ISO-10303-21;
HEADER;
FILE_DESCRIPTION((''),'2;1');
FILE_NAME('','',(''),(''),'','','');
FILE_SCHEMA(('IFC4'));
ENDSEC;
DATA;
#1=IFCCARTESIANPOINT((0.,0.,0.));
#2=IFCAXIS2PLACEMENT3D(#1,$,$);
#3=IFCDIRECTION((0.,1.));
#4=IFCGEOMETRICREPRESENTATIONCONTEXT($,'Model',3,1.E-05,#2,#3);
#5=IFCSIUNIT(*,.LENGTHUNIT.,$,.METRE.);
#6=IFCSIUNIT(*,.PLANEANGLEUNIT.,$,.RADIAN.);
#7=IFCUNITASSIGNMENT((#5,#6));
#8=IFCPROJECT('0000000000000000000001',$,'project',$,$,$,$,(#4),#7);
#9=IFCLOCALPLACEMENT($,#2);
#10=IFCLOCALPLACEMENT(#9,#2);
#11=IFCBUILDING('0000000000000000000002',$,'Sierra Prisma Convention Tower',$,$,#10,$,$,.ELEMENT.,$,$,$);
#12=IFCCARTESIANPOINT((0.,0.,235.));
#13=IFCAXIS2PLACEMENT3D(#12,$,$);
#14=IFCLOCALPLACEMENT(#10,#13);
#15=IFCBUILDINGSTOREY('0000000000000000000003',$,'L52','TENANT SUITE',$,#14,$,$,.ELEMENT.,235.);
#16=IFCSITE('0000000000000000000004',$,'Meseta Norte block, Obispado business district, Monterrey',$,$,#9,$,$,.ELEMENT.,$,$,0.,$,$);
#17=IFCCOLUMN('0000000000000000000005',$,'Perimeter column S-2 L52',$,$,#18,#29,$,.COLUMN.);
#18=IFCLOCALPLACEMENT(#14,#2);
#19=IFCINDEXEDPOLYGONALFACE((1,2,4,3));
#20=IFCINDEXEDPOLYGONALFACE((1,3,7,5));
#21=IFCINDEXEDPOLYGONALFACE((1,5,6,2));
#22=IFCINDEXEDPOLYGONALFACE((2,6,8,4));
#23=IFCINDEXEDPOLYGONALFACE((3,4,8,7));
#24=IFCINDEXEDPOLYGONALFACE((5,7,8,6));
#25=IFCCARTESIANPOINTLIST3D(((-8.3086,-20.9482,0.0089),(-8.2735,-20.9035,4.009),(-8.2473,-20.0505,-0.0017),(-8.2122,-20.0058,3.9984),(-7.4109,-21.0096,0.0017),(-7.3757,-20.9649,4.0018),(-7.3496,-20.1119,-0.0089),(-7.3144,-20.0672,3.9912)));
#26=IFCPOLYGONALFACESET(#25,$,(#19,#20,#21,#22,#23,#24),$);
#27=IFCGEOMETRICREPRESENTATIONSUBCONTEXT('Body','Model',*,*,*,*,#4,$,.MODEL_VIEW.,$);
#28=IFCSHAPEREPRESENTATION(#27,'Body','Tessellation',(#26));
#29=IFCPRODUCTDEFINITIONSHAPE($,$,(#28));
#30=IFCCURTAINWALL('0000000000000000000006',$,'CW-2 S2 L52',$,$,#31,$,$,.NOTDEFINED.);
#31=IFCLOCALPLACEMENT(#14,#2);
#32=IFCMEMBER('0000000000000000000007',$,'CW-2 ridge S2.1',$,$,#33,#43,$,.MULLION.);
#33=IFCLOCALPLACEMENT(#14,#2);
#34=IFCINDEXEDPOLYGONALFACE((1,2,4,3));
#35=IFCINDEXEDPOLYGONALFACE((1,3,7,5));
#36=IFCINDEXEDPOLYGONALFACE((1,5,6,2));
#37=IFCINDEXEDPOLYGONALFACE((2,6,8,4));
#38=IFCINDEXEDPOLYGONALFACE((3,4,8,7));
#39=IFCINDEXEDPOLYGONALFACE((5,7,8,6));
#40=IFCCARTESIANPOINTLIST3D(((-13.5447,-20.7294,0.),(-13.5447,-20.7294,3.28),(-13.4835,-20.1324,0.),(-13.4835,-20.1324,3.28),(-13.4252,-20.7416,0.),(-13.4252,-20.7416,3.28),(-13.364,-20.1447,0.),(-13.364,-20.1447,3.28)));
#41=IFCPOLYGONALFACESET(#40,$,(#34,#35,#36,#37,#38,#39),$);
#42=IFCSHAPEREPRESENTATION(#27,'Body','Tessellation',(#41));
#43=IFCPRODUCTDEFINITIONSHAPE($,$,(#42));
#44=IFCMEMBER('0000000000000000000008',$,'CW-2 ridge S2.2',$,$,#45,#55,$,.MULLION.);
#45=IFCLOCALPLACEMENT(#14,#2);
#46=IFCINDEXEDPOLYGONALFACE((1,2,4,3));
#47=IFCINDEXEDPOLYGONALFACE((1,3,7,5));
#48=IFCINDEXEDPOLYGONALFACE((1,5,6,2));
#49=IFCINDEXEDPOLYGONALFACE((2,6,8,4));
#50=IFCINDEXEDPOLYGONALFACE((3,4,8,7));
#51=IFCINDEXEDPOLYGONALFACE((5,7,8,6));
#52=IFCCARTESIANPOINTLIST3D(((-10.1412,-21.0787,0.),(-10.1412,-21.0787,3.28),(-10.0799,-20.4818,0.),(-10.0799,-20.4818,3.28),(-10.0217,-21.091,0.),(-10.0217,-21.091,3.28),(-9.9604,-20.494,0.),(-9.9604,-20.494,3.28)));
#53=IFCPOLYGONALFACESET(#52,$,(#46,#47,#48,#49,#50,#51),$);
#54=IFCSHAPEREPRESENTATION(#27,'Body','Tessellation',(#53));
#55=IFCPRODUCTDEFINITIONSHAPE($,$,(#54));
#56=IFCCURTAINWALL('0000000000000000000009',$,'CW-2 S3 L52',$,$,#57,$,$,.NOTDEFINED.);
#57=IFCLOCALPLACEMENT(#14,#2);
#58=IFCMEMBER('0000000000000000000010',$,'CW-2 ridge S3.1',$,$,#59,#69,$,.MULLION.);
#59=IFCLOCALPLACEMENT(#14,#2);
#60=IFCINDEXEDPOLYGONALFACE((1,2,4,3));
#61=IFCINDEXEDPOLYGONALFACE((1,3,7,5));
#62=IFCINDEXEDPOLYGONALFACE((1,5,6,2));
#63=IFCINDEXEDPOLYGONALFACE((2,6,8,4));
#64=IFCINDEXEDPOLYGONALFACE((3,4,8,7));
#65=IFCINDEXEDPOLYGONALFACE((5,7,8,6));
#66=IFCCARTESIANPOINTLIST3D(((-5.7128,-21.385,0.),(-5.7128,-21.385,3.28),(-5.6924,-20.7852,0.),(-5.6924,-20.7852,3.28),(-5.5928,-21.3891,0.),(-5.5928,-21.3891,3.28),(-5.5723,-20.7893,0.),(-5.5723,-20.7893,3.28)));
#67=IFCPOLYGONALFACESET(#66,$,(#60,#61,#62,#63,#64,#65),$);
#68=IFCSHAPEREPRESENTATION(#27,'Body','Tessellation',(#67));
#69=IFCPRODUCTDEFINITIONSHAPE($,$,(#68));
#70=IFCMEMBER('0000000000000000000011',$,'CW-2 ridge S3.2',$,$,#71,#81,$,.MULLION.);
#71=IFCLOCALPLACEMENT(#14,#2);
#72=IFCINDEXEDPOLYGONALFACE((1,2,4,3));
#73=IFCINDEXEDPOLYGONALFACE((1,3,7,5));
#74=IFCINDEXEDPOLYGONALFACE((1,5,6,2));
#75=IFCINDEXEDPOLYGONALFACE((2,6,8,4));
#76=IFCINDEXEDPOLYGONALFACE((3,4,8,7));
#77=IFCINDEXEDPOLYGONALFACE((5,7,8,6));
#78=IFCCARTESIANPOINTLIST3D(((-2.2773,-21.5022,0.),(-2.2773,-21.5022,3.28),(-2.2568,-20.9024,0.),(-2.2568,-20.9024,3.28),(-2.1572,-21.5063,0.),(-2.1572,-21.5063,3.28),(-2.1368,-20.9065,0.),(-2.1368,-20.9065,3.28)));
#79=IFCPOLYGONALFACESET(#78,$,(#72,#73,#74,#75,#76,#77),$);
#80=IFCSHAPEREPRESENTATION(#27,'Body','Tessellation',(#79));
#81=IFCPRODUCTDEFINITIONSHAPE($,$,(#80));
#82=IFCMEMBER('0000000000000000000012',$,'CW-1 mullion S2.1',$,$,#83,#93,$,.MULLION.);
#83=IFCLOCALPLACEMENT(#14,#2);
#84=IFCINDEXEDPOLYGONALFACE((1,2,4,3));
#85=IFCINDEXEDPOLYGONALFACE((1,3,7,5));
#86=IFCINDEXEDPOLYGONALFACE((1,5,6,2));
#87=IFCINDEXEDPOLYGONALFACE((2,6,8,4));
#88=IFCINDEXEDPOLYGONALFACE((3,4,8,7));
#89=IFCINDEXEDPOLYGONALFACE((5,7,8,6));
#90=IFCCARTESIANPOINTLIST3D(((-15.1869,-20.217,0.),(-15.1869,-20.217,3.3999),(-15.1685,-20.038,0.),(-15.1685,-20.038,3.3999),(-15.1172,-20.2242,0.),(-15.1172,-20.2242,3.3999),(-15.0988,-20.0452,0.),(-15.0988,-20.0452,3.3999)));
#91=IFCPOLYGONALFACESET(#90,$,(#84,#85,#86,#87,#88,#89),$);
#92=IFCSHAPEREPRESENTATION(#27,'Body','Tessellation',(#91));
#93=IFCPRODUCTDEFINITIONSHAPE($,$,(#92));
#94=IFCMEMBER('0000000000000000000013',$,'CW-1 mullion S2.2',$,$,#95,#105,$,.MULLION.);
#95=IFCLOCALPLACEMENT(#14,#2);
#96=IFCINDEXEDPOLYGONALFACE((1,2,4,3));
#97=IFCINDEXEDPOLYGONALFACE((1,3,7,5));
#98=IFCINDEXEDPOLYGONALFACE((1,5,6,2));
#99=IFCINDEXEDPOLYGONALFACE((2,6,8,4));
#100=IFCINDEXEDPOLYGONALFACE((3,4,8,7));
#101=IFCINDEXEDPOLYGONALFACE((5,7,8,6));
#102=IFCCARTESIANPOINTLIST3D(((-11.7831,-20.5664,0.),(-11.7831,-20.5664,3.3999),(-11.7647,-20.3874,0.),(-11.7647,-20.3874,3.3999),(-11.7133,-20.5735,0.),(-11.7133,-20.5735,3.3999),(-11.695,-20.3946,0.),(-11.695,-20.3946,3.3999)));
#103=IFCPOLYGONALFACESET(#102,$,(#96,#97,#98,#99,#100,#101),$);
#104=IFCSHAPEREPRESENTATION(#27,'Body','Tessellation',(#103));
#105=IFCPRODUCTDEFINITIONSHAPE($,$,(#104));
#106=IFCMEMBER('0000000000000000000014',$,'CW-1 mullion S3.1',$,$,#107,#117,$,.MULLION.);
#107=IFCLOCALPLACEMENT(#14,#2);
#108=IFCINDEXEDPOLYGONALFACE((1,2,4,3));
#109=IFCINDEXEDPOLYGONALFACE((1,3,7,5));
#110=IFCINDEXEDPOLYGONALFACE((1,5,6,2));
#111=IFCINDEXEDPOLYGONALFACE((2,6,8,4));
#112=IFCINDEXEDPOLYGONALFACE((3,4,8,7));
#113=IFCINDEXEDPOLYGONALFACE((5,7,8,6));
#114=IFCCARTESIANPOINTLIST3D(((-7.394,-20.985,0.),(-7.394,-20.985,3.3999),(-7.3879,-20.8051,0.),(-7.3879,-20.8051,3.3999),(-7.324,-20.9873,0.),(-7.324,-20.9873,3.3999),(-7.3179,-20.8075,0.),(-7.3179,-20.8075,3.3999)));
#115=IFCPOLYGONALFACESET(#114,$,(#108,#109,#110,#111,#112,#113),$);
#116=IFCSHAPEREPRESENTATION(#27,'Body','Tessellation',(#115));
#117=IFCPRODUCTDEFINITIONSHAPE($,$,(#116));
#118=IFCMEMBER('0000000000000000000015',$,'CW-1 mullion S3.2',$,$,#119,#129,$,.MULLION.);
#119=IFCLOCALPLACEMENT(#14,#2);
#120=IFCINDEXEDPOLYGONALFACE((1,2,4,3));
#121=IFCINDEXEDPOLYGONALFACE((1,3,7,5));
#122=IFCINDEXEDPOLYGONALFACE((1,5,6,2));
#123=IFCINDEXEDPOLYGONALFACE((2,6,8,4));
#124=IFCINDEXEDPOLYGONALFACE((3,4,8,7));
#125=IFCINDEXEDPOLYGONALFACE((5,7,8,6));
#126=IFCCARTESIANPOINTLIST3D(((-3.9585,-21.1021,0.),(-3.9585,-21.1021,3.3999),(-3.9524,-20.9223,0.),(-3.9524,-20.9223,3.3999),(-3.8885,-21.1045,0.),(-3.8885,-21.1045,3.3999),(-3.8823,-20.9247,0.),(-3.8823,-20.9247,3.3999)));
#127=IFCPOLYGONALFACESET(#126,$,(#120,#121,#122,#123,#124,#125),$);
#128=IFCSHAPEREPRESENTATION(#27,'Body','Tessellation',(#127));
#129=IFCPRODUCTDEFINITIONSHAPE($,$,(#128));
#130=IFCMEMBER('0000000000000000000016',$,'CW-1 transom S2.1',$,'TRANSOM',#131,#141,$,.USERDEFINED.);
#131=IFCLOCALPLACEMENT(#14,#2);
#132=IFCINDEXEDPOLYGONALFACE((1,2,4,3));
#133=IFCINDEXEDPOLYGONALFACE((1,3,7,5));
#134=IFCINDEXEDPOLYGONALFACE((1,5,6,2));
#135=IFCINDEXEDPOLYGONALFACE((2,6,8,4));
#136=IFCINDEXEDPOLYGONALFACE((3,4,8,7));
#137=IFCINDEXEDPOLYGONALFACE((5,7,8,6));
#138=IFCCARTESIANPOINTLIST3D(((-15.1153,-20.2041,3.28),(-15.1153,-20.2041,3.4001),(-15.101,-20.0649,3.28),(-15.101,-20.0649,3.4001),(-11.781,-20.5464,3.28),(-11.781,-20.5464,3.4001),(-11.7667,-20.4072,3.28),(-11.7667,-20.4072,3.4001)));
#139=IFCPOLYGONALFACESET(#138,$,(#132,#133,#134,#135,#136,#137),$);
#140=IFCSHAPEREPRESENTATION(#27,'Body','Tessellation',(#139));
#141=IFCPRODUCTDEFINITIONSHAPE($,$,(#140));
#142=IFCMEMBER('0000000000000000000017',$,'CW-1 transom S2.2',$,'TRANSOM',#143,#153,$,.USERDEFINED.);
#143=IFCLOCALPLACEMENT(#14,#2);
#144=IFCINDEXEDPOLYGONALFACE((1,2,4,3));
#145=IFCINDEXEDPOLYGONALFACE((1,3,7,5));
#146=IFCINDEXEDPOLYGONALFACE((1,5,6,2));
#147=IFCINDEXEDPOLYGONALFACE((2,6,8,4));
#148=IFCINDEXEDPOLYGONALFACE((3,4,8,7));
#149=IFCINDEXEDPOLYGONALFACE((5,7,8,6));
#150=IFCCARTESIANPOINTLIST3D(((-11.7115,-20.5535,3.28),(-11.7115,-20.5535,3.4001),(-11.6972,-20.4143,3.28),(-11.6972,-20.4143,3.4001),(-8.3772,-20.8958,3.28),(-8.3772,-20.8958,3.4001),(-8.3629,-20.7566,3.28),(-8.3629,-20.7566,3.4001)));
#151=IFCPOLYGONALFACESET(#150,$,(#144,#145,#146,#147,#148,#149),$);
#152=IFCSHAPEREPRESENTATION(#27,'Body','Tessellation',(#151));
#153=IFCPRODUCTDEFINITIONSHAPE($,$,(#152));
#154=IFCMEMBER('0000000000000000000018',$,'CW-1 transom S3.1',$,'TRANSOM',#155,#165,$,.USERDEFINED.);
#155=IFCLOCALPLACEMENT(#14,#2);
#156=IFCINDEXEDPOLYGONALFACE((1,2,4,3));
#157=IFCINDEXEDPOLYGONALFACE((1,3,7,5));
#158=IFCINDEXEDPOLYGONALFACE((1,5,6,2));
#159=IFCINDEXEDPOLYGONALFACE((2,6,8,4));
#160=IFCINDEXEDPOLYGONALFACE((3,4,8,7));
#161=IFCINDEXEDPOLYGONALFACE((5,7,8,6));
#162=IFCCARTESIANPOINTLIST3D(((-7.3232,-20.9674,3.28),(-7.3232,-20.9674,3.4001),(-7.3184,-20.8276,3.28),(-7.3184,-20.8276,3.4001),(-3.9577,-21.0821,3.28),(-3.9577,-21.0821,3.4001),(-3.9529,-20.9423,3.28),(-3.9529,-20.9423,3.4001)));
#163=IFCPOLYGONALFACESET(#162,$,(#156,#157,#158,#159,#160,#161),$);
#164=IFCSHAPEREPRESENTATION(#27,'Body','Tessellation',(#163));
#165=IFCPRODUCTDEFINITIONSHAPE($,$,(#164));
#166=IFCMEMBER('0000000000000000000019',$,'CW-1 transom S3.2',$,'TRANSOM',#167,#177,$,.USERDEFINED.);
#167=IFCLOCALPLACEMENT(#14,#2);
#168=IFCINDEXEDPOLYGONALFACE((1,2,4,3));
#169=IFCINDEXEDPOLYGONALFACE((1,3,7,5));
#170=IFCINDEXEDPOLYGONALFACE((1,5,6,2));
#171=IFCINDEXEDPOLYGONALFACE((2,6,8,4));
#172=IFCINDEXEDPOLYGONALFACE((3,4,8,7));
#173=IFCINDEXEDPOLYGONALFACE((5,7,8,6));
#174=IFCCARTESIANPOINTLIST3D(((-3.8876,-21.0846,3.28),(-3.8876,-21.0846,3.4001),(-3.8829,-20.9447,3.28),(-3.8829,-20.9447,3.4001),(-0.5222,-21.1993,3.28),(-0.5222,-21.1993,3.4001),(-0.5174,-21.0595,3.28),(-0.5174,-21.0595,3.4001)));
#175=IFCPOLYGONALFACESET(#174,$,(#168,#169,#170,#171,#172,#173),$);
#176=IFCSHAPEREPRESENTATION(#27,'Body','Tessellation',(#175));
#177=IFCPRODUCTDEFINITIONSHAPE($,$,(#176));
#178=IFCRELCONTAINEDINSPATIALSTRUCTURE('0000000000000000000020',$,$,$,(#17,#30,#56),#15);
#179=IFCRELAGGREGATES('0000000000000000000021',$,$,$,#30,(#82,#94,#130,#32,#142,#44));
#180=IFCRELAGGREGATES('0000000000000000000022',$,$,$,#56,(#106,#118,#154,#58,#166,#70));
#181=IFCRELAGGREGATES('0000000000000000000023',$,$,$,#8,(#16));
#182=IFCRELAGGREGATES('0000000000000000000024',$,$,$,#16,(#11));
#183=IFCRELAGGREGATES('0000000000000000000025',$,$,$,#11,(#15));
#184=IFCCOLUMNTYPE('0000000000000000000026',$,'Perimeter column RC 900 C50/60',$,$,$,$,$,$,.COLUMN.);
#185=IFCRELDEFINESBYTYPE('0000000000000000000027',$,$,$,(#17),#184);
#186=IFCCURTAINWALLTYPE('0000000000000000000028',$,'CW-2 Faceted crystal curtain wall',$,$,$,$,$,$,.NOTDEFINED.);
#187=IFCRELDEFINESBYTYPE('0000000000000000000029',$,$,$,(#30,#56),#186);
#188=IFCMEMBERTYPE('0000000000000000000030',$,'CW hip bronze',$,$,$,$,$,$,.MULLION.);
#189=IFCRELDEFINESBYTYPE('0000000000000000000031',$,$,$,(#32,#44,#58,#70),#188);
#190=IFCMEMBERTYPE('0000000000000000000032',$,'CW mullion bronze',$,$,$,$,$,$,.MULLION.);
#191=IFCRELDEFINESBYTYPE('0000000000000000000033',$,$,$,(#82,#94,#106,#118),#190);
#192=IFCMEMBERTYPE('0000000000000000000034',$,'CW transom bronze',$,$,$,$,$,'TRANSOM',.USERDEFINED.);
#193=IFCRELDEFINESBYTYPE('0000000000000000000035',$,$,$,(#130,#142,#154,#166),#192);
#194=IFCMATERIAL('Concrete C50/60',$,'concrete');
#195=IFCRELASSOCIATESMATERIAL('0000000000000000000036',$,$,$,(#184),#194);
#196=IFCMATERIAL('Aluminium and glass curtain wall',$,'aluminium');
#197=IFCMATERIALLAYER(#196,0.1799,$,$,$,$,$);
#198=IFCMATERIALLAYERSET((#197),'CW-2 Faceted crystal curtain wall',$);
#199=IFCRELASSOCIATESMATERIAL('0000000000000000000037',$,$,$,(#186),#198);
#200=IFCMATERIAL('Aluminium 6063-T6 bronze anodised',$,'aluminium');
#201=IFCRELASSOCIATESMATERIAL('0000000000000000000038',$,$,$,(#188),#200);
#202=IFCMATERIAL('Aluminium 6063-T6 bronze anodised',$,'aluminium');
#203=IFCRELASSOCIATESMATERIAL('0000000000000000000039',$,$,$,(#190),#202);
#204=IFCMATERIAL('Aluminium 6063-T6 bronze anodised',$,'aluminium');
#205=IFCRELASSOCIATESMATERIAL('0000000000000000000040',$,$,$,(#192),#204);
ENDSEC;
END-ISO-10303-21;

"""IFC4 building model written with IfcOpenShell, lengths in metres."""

from ifc_helpers import new_model, si_unit, direction, frame, origin, origin_2d, place, context, subcontext, project, spatial, rectangle, extrude, material, layer, layer_set, material_profile, profile_set, type_object, element, aggregate, save


model = new_model("IFC4")

# Units and contexts
model_context = context("Model", 3, precision=1e-05, world=origin(), true_north=direction((0.0, 1.0)))
body_context = subcontext(model_context, "Body", "Model", "MODEL_VIEW")
ifc_project = project(units=[si_unit("LENGTHUNIT", "METRE"), si_unit("PLANEANGLEUNIT", "RADIAN")], contexts=[model_context])

# Site, building, storey
site_placement = place(None, origin())
site = spatial("IfcSite", under=ifc_project, at=site_placement, Name="Meseta Norte block, Obispado business district, Monterrey", CompositionType="ELEMENT", RefElevation=0.0)
building_placement = place(site_placement, origin())
building = spatial("IfcBuilding", under=site, at=building_placement, Name="Sierra Prisma Convention Tower", CompositionType="ELEMENT")
storey_placement = place(building_placement, frame((0.0, 0.0, 235.0)))
storey = spatial("IfcBuildingStorey", under=building, at=storey_placement, Name="L52", Description="TENANT SUITE", CompositionType="ELEMENT", Elevation=235.0)

# Column
ifc_material_1 = material(Name="Concrete C50/60", Category="concrete")
ifc_material_profile_1 = material_profile(ifc_material_1, rectangle(XDim=0.8999, YDim=0.8999, at=origin_2d()), Name="Perimeter column RC 900 C50/60")
ifc_profile_set_1 = profile_set([ifc_material_profile_1], Name="Concrete C50/60")
column_type = type_object("IfcColumnType", Name="Perimeter column RC 900 C50/60", PredefinedType="COLUMN", material=ifc_profile_set_1)
column_placement = place(storey_placement, frame((-7.8291, -20.53, 0.0), z_axis=(0.008788, 0.011168, 0.999899), x_axis=(-0.997637, 0.068233, 0.008006)))
element("IfcColumn", 1, at=column_placement, inside=storey, type_object=column_type, Name="Perimeter column S-2 L52", PredefinedType="COLUMN", context=body_context, shape_type="SweptSolid", body=[
    extrude(rectangle(XDim=0.8999, YDim=0.8999, at=origin_2d()), origin(), (0.0, 0.0, 1.0), 4.0005),
])

# Curtain walls, members
ifc_material_2 = material(Name="Aluminium and glass curtain wall", Category="aluminium")
ifc_layer_1 = layer(ifc_material_2, 0.1799)
ifc_layer_set_1 = layer_set([ifc_layer_1], Name="CW-2 Faceted crystal curtain wall")
curtain_wall_type = type_object("IfcCurtainWallType", Name="CW-2 Faceted crystal curtain wall", PredefinedType="NOTDEFINED", material=ifc_layer_set_1)
curtain_wall_1_placement = place(storey_placement, origin())
curtain_wall_1 = element("IfcCurtainWall", 2, at=curtain_wall_1_placement, inside=storey, type_object=curtain_wall_type, Name="CW-2 S2 L52", PredefinedType="NOTDEFINED")
ifc_material_3 = material(Name="Aluminium 6063-T6 bronze anodised", Category="aluminium")
ifc_material_profile_2 = material_profile(ifc_material_3, rectangle(XDim=0.1201, YDim=0.6001, at=origin_2d()), Name="ALU RIDGE BLADE 120x600")
ifc_profile_set_2 = profile_set([ifc_material_profile_2], Name="Aluminium 6063-T6 bronze anodised")
member_type_1 = type_object("IfcMemberType", Name="CW hip bronze", PredefinedType="MULLION", material=ifc_profile_set_2)
member_1_placement = place(storey_placement, frame((-13.4543, -20.437, 0.0), z_axis=(0.0, 0.0, 1.0), x_axis=(0.994773, -0.10211, 0.0)))
member_1 = element("IfcMember", 3, at=member_1_placement, type_object=member_type_1, Name="CW-2 ridge S2.1", PredefinedType="MULLION", context=body_context, shape_type="SweptSolid", body=[
    extrude(rectangle(XDim=0.1201, YDim=0.6001, at=origin_2d()), origin(), (0.0, 0.0, 1.0), 3.28),
])
member_2_placement = place(storey_placement, frame((-10.0508, -20.7864, 0.0), z_axis=(0.0, 0.0, 1.0), x_axis=(0.994773, -0.10211, 0.0)))
member_2 = element("IfcMember", 4, at=member_2_placement, type_object=member_type_1, Name="CW-2 ridge S2.2", PredefinedType="MULLION", context=body_context, shape_type="SweptSolid", body=[
    extrude(rectangle(XDim=0.1201, YDim=0.6001, at=origin_2d()), origin(), (0.0, 0.0, 1.0), 3.28),
])
curtain_wall_2_placement = place(storey_placement, origin())
curtain_wall_2 = element("IfcCurtainWall", 5, at=curtain_wall_2_placement, inside=storey, type_object=curtain_wall_type, Name="CW-2 S3 L52", PredefinedType="NOTDEFINED")
member_3_placement = place(storey_placement, frame((-5.6426, -21.0872, 0.0), z_axis=(0.0, 0.0, 1.0), x_axis=(0.999419, -0.034089, 0.0)))
member_3 = element("IfcMember", 6, at=member_3_placement, type_object=member_type_1, Name="CW-2 ridge S3.1", PredefinedType="MULLION", context=body_context, shape_type="SweptSolid", body=[
    extrude(rectangle(XDim=0.1201, YDim=0.6001, at=origin_2d()), origin(), (0.0, 0.0, 1.0), 3.28),
])
member_4_placement = place(storey_placement, frame((-2.207, -21.2043, 0.0), z_axis=(0.0, 0.0, 1.0), x_axis=(0.999419, -0.034089, 0.0)))
member_4 = element("IfcMember", 7, at=member_4_placement, type_object=member_type_1, Name="CW-2 ridge S3.2", PredefinedType="MULLION", context=body_context, shape_type="SweptSolid", body=[
    extrude(rectangle(XDim=0.1201, YDim=0.6001, at=origin_2d()), origin(), (0.0, 0.0, 1.0), 3.28),
])

# Members
ifc_material_4 = material(Name="Aluminium 6063-T6 bronze anodised", Category="aluminium")
ifc_material_profile_3 = material_profile(ifc_material_4, rectangle(XDim=0.1799, YDim=0.0701, at=origin_2d()), Name="ALU MULLION 70x180")
ifc_profile_set_3 = profile_set([ifc_material_profile_3], Name="Aluminium 6063-T6 bronze anodised")
member_type_2 = type_object("IfcMemberType", Name="CW mullion bronze", PredefinedType="MULLION", material=ifc_profile_set_3)
member_5_placement = place(storey_placement, frame((-15.1428, -20.1311, 0.0), z_axis=(0.0, 0.0, 1.0), x_axis=(0.10211, 0.994773, 0.0)))
member_5 = element("IfcMember", 8, at=member_5_placement, type_object=member_type_2, Name="CW-1 mullion S2.1", PredefinedType="MULLION", context=body_context, shape_type="SweptSolid", body=[
    extrude(rectangle(XDim=0.1799, YDim=0.0701, at=origin_2d()), origin(), (0.0, 0.0, 1.0), 3.3999),
])
member_6_placement = place(storey_placement, frame((-11.739, -20.4805, 0.0), z_axis=(0.0, 0.0, 1.0), x_axis=(0.10211, 0.994773, 0.0)))
member_6 = element("IfcMember", 9, at=member_6_placement, type_object=member_type_2, Name="CW-1 mullion S2.2", PredefinedType="MULLION", context=body_context, shape_type="SweptSolid", body=[
    extrude(rectangle(XDim=0.1799, YDim=0.0701, at=origin_2d()), origin(), (0.0, 0.0, 1.0), 3.3999),
])
member_7_placement = place(storey_placement, frame((-7.356, -20.8962, 0.0), z_axis=(0.0, 0.0, 1.0), x_axis=(0.034089, 0.999419, 0.0)))
member_7 = element("IfcMember", 10, at=member_7_placement, type_object=member_type_2, Name="CW-1 mullion S3.1", PredefinedType="MULLION", context=body_context, shape_type="SweptSolid", body=[
    extrude(rectangle(XDim=0.1799, YDim=0.0701, at=origin_2d()), origin(), (0.0, 0.0, 1.0), 3.3999),
])
member_8_placement = place(storey_placement, frame((-3.9204, -21.0134, 0.0), z_axis=(0.0, 0.0, 1.0), x_axis=(0.034089, 0.999419, 0.0)))
member_8 = element("IfcMember", 11, at=member_8_placement, type_object=member_type_2, Name="CW-1 mullion S3.2", PredefinedType="MULLION", context=body_context, shape_type="SweptSolid", body=[
    extrude(rectangle(XDim=0.1799, YDim=0.0701, at=origin_2d()), origin(), (0.0, 0.0, 1.0), 3.3999),
])
ifc_material_5 = material(Name="Aluminium 6063-T6 bronze anodised", Category="aluminium")
ifc_material_profile_4 = material_profile(ifc_material_5, rectangle(XDim=0.1399, YDim=0.1201, at=origin_2d()), Name="ALU TRANSOM 120x140")
ifc_profile_set_4 = profile_set([ifc_material_profile_4], Name="Aluminium 6063-T6 bronze anodised")
member_type_3 = type_object("IfcMemberType", Name="CW transom bronze", ElementType="TRANSOM", PredefinedType="USERDEFINED", material=ifc_profile_set_4)
member_9_placement = place(storey_placement, frame((-15.1082, -20.1345, 3.3401), z_axis=(0.994772, -0.102121, 0.0), x_axis=(0.102121, 0.994772, 0.0)))
member_9 = element("IfcMember", 12, at=member_9_placement, type_object=member_type_3, Name="CW-1 transom S2.1", ObjectType="TRANSOM", PredefinedType="USERDEFINED", context=body_context, shape_type="SweptSolid", body=[
    extrude(rectangle(XDim=0.1399, YDim=0.1201, at=origin_2d()), origin(), (0.0, 0.0, 1.0), 3.3518),
])
member_10_placement = place(storey_placement, frame((-11.7043, -20.4839, 3.3401), z_axis=(0.994772, -0.102121, 0.0), x_axis=(0.102121, 0.994772, 0.0)))
member_10 = element("IfcMember", 13, at=member_10_placement, type_object=member_type_3, Name="CW-1 transom S2.2", ObjectType="TRANSOM", PredefinedType="USERDEFINED", context=body_context, shape_type="SweptSolid", body=[
    extrude(rectangle(XDim=0.1399, YDim=0.1201, at=origin_2d()), origin(), (0.0, 0.0, 1.0), 3.3518),
])
member_11_placement = place(storey_placement, frame((-7.3208, -20.8975, 3.3401), z_axis=(0.999419, -0.034075, 0.0), x_axis=(0.034075, 0.999419, 0.0)))
member_11 = element("IfcMember", 14, at=member_11_placement, type_object=member_type_3, Name="CW-1 transom S3.1", ObjectType="TRANSOM", PredefinedType="USERDEFINED", context=body_context, shape_type="SweptSolid", body=[
    extrude(rectangle(XDim=0.1399, YDim=0.1201, at=origin_2d()), origin(), (0.0, 0.0, 1.0), 3.3674),
])
member_12_placement = place(storey_placement, frame((-3.8853, -21.0146, 3.3401), z_axis=(0.999419, -0.034075, 0.0), x_axis=(0.034075, 0.999419, 0.0)))
member_12 = element("IfcMember", 15, at=member_12_placement, type_object=member_type_3, Name="CW-1 transom S3.2", ObjectType="TRANSOM", PredefinedType="USERDEFINED", context=body_context, shape_type="SweptSolid", body=[
    extrude(rectangle(XDim=0.1399, YDim=0.1201, at=origin_2d()), origin(), (0.0, 0.0, 1.0), 3.3674),
])

aggregate(curtain_wall_1, [member_5, member_6, member_9, member_1, member_10, member_2])
aggregate(curtain_wall_2, [member_7, member_8, member_11, member_3, member_12, member_4])

save(model, "model.ifc")
